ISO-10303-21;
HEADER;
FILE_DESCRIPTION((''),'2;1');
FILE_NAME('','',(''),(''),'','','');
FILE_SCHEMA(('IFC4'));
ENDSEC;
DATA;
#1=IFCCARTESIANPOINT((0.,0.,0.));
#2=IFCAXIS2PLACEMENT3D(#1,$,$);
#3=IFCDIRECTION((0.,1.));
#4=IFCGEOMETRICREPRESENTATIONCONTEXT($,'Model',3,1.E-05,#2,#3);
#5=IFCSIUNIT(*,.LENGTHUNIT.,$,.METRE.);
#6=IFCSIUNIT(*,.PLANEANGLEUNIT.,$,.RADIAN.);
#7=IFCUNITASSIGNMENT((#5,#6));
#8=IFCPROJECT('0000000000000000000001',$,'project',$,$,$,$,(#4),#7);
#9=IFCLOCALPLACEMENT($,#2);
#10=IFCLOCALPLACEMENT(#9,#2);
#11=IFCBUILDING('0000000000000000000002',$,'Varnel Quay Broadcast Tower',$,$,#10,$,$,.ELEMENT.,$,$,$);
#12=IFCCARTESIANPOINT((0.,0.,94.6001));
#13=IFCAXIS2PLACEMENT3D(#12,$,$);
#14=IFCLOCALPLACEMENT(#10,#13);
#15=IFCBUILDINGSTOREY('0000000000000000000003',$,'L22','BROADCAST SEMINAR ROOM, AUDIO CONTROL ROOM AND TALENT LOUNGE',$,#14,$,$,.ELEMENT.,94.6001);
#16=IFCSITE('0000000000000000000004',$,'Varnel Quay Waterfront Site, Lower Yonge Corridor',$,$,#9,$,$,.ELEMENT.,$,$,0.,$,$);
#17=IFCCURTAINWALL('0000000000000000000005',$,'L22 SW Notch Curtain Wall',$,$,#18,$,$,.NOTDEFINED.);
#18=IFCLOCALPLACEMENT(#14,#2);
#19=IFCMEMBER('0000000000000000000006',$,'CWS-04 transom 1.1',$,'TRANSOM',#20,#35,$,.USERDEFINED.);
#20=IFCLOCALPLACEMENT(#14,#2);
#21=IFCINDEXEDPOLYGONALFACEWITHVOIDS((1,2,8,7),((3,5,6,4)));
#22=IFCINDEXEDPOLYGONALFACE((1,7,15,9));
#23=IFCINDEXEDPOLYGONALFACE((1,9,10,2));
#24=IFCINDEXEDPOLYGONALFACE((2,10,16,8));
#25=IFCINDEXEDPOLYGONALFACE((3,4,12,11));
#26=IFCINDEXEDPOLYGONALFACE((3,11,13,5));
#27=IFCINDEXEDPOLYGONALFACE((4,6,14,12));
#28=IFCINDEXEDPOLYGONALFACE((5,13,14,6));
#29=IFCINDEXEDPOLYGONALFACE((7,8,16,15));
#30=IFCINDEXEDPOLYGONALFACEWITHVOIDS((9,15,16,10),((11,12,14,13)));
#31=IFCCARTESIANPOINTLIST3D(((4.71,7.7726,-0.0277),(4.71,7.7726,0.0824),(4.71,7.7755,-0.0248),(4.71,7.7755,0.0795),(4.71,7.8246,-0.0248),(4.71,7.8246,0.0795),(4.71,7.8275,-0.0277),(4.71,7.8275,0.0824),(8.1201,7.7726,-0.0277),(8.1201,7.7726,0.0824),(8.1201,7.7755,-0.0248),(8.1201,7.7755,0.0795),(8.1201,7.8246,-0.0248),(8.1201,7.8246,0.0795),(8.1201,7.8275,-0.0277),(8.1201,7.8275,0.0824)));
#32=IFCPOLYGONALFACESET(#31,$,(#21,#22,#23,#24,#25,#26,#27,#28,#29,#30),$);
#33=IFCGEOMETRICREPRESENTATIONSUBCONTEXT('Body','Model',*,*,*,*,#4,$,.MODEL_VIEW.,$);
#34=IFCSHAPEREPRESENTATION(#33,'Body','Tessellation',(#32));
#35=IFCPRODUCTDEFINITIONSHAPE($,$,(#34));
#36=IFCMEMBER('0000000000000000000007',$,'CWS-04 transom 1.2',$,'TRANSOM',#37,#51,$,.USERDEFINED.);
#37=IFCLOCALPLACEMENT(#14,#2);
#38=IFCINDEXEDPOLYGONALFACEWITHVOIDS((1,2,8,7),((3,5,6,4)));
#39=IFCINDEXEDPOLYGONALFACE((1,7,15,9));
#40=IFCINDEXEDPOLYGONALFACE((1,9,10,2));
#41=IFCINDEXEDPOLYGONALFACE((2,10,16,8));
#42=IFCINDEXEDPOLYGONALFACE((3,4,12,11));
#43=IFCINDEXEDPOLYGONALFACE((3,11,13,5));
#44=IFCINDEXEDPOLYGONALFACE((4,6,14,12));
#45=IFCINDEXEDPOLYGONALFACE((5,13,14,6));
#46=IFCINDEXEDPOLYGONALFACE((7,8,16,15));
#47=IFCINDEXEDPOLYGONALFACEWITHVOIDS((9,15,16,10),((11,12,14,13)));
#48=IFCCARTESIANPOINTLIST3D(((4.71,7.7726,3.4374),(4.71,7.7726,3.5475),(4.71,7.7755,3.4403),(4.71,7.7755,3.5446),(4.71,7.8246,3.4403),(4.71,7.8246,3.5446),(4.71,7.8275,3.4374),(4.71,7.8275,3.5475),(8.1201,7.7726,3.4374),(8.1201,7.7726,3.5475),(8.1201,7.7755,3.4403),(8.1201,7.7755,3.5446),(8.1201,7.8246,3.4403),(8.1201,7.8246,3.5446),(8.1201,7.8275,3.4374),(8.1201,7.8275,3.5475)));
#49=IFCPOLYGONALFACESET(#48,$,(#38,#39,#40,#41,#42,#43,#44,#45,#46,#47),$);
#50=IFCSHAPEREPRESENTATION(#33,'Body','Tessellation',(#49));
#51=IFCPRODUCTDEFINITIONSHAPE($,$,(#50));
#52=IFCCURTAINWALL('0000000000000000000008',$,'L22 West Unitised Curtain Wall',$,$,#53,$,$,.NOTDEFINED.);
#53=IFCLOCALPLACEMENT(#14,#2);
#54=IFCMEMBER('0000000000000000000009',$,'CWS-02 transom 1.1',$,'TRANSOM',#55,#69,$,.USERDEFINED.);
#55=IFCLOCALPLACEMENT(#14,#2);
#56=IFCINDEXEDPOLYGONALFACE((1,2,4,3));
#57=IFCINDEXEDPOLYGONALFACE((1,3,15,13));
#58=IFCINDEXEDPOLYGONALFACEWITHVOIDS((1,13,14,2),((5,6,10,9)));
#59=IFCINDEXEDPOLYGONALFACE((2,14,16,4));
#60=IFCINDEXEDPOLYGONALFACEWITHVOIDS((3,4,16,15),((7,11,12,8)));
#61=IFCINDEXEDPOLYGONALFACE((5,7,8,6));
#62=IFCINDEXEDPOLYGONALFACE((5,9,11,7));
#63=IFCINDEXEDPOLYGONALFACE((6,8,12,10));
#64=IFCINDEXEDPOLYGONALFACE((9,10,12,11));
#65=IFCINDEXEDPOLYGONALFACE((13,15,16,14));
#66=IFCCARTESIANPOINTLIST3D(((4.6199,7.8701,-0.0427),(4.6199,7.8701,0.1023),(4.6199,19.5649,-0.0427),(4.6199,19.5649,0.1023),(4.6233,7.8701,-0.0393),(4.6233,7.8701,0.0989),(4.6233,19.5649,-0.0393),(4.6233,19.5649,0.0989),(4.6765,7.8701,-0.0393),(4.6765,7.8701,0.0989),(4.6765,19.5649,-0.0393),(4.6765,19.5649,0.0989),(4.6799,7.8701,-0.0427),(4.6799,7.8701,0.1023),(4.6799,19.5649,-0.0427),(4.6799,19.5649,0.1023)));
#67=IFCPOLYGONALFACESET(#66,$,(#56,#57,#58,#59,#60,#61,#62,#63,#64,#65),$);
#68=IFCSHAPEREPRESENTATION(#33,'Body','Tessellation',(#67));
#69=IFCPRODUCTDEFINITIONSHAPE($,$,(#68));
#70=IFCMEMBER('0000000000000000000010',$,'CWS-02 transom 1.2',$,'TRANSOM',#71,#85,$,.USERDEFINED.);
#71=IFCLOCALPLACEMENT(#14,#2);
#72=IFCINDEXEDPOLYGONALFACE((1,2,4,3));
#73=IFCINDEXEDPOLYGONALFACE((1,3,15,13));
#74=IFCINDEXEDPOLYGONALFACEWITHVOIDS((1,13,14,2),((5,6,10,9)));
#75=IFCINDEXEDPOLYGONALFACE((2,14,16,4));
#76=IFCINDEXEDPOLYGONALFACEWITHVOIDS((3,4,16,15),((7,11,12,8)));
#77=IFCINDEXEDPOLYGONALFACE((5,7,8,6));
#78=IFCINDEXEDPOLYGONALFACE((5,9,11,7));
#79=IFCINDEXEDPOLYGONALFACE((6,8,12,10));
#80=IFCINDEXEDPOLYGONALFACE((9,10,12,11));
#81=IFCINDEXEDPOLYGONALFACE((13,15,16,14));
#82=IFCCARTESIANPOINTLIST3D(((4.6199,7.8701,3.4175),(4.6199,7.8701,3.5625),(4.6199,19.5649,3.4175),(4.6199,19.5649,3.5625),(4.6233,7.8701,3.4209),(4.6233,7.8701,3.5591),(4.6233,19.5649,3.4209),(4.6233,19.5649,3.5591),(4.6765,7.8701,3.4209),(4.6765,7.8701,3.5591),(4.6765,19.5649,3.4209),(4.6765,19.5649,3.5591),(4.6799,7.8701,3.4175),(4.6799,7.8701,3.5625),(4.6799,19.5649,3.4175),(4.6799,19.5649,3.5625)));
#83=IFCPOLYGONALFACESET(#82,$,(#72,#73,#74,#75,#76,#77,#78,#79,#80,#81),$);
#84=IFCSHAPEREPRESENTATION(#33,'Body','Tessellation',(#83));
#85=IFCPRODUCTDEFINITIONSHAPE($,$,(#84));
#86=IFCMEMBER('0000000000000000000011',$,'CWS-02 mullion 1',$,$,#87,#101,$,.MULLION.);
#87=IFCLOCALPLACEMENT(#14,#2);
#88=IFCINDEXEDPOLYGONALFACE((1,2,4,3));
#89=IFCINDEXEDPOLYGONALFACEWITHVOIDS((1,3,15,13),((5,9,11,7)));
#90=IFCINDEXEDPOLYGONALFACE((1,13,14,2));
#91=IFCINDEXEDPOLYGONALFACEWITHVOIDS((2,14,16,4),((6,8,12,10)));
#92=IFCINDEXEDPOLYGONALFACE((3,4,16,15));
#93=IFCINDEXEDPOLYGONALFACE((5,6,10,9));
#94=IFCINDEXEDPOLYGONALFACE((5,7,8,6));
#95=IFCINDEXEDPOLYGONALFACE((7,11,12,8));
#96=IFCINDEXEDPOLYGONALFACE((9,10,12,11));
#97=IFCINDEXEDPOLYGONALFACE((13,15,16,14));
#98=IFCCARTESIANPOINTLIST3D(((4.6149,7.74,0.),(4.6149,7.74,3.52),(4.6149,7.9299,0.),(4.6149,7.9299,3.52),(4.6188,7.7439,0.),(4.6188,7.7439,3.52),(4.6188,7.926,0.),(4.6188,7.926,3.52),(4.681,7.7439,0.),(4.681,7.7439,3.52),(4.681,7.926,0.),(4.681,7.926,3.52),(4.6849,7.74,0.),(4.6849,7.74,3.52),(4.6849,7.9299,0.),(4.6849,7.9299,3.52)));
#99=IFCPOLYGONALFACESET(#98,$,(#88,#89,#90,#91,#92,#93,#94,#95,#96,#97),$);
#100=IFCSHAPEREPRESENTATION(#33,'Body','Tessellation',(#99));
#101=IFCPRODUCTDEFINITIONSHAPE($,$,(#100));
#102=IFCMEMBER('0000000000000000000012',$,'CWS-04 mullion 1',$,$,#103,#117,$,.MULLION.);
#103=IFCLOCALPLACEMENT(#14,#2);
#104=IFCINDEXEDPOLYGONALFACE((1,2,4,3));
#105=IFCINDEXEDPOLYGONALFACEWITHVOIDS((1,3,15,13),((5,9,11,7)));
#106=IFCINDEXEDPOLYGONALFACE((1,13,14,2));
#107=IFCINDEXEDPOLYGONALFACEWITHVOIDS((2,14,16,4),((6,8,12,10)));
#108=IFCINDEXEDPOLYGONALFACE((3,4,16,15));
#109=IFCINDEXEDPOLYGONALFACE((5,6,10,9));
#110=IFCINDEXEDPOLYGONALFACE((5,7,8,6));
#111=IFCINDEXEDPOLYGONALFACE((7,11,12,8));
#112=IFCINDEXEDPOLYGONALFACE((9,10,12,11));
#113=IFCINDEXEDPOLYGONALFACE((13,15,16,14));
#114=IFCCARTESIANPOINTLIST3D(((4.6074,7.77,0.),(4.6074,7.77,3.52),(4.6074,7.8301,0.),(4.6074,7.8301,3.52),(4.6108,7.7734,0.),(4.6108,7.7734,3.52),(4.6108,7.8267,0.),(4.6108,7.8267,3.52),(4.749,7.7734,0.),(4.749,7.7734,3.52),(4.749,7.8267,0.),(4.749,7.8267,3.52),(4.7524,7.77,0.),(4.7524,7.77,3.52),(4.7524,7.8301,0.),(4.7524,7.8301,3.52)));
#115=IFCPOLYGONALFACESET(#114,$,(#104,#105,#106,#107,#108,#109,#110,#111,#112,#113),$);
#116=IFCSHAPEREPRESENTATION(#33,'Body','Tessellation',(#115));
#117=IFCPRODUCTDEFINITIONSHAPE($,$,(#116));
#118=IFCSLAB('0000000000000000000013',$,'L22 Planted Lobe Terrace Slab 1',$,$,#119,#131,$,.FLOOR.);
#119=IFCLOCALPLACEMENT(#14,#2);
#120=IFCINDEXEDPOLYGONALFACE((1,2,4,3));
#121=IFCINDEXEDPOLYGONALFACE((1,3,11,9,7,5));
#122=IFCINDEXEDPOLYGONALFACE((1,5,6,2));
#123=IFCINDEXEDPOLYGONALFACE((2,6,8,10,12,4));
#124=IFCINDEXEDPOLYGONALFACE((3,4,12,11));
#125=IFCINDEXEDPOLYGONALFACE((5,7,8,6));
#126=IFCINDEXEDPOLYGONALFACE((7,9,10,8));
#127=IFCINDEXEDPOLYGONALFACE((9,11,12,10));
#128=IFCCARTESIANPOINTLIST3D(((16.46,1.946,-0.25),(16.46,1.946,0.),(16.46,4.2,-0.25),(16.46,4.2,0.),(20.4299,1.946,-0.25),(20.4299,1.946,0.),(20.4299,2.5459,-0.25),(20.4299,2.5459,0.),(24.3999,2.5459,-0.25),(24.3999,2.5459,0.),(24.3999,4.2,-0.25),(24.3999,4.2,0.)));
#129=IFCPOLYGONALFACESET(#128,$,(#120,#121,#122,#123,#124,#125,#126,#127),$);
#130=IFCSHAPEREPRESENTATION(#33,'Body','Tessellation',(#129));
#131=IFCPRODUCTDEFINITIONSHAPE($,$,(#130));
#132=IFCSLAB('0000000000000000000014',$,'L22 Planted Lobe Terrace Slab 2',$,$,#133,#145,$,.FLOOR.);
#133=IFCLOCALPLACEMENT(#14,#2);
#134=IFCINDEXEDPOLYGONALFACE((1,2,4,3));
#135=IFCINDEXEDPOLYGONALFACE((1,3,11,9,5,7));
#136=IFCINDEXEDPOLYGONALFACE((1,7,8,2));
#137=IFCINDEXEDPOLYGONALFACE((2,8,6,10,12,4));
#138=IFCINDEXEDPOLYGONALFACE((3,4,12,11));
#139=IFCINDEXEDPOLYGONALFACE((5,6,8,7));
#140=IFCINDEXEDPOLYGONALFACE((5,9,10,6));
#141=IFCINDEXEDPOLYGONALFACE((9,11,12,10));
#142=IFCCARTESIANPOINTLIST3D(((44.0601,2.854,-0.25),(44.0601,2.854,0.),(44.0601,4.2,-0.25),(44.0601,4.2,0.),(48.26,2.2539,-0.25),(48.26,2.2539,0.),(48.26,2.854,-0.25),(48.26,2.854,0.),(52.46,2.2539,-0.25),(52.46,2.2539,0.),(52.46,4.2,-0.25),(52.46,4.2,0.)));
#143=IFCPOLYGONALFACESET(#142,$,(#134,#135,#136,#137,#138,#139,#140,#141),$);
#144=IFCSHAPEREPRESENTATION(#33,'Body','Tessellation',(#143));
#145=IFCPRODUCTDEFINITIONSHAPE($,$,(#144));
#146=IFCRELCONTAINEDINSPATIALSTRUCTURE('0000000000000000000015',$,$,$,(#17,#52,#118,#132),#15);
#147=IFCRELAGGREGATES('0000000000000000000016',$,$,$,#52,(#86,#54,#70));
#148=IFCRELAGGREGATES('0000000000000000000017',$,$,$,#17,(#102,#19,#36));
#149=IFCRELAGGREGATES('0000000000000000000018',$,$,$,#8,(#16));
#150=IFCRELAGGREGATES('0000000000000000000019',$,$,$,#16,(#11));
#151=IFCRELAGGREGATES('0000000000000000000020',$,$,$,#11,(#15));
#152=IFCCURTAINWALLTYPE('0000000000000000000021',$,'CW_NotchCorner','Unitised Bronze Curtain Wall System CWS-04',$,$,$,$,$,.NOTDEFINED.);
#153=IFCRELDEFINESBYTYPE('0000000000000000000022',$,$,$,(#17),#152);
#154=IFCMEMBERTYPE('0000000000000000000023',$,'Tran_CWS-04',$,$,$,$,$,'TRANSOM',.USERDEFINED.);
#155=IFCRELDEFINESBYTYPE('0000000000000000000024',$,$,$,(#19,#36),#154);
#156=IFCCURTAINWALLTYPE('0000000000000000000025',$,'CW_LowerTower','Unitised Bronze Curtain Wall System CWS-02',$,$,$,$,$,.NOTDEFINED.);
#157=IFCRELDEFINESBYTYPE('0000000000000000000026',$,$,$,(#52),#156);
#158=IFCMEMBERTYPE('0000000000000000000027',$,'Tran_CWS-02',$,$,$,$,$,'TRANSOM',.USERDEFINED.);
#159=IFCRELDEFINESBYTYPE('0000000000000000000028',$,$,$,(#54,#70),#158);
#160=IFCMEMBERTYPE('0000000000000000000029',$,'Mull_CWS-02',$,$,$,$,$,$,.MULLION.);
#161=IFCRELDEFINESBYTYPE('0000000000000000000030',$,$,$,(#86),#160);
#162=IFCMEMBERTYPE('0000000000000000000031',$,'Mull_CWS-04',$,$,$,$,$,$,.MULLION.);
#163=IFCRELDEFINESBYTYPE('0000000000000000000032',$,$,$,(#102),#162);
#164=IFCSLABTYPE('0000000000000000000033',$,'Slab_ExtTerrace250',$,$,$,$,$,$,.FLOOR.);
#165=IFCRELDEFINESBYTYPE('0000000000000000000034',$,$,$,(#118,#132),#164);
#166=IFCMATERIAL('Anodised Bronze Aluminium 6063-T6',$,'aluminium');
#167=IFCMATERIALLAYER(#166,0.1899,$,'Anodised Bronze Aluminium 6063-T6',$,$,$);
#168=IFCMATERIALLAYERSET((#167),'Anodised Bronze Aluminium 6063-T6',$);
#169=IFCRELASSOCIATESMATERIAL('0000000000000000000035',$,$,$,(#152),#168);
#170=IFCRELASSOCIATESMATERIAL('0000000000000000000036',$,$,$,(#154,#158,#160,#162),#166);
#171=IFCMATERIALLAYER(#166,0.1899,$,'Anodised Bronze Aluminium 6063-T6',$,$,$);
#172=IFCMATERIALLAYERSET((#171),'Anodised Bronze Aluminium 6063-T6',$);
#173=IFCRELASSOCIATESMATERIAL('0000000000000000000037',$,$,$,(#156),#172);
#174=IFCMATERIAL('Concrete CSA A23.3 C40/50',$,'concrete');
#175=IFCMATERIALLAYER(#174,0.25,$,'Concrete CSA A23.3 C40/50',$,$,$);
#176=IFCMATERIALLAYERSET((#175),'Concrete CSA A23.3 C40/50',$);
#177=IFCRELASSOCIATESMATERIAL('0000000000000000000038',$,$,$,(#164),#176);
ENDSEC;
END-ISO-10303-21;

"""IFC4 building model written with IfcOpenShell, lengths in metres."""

from ifc_helpers import new_model, si_unit, direction, frame, origin, origin_2d, place, context, subcontext, project, spatial, polyline, hollow_rectangle, outline, extrude, source, transform, mapped, material, layer, layer_set, material_profile, profile_set, type_object, type_shapes, element, aggregate, save


model = new_model("IFC4")

# Units and contexts
model_context = context("Model", 3, precision=1e-05, world=origin(), true_north=direction((0.0, 1.0)))
body_context = subcontext(model_context, "Body", "Model", "MODEL_VIEW")
ifc_project = project(units=[si_unit("LENGTHUNIT", "METRE"), si_unit("PLANEANGLEUNIT", "RADIAN")], contexts=[model_context])

# Site, building, storey
site_placement = place(None, origin())
site = spatial("IfcSite", under=ifc_project, at=site_placement, Name="Varnel Quay Waterfront Site, Lower Yonge Corridor", CompositionType="ELEMENT", RefElevation=0.0)
building_placement = place(site_placement, origin())
building = spatial("IfcBuilding", under=site, at=building_placement, Name="Varnel Quay Broadcast Tower", CompositionType="ELEMENT")
storey_placement = place(building_placement, frame((0.0, 0.0, 94.6001)))
storey = spatial("IfcBuildingStorey", under=building, at=storey_placement, Name="L22", Description="BROADCAST SEMINAR ROOM, AUDIO CONTROL ROOM AND TALENT LOUNGE", CompositionType="ELEMENT", Elevation=94.6001)

# Curtain walls, members
ifc_material_1 = material(Name="Anodised Bronze Aluminium 6063-T6", Category="aluminium")
ifc_layer_1 = layer(ifc_material_1, 0.1899, Name="Anodised Bronze Aluminium 6063-T6")
ifc_layer_set_1 = layer_set([ifc_layer_1], Name="Anodised Bronze Aluminium 6063-T6")
curtain_wall_type_1 = type_object("IfcCurtainWallType", Name="CW_NotchCorner", Description="Unitised Bronze Curtain Wall System CWS-04", PredefinedType="NOTDEFINED", material=ifc_layer_set_1)
curtain_wall_1_placement = place(storey_placement, origin())
curtain_wall_1 = element("IfcCurtainWall", 1, at=curtain_wall_1_placement, inside=storey, type_object=curtain_wall_type_1, Name="L22 SW Notch Curtain Wall", PredefinedType="NOTDEFINED")
ifc_material_profile_1 = material_profile(ifc_material_1, hollow_rectangle(XDim=0.0549, YDim=0.1101, WallThickness=0.0029, at=origin_2d()), Name="ALU55X110X3")
ifc_profile_set_1 = profile_set([ifc_material_profile_1], Name="Anodised Bronze Aluminium 6063-T6")
member_type_1 = type_object("IfcMemberType", Name="Tran_CWS-04", ElementType="TRANSOM", PredefinedType="USERDEFINED", material=ifc_profile_set_1)
shared_shape_1 = source(origin(), body_context, "Body", "SweptSolid", [
    extrude(hollow_rectangle(XDim=0.0549, YDim=0.1101, WallThickness=0.0029, at=origin_2d()), origin(), (0.0, 0.0, 1.0), 3.4102),
])
type_shapes(member_type_1, [shared_shape_1])
member_1_placement = place(storey_placement, frame((4.71, 7.8, 0.0273), z_axis=(1.0, 0.0, 0.0), x_axis=(0.0, 1.0, 0.0)))
member_1 = element("IfcMember", 2, at=member_1_placement, type_object=member_type_1, Name="CWS-04 transom 1.1", ObjectType="TRANSOM", PredefinedType="USERDEFINED", context=body_context, shape_type="MappedRepresentation", body=[
    mapped(shared_shape_1, transform((0.0, 0.0, 0.0), x_axis=(1.0, 0.0, 0.0), y_axis=(0.0, 1.0, 0.0), z_axis=(0.0, 0.0, 1.0), scale=1.0)),
])
member_2_placement = place(storey_placement, frame((4.71, 7.8, 3.4924), z_axis=(1.0, 0.0, 0.0), x_axis=(0.0, 1.0, 0.0)))
member_2 = element("IfcMember", 3, at=member_2_placement, type_object=member_type_1, Name="CWS-04 transom 1.2", ObjectType="TRANSOM", PredefinedType="USERDEFINED", context=body_context, shape_type="MappedRepresentation", body=[
    mapped(shared_shape_1, transform((0.0, 0.0, 0.0), x_axis=(1.0, 0.0, 0.0), y_axis=(0.0, 1.0, 0.0), z_axis=(0.0, 0.0, 1.0), scale=1.0)),
])
ifc_layer_2 = layer(ifc_material_1, 0.1899, Name="Anodised Bronze Aluminium 6063-T6")
ifc_layer_set_2 = layer_set([ifc_layer_2], Name="Anodised Bronze Aluminium 6063-T6")
curtain_wall_type_2 = type_object("IfcCurtainWallType", Name="CW_LowerTower", Description="Unitised Bronze Curtain Wall System CWS-02", PredefinedType="NOTDEFINED", material=ifc_layer_set_2)
curtain_wall_2_placement = place(storey_placement, origin())
curtain_wall_2 = element("IfcCurtainWall", 4, at=curtain_wall_2_placement, inside=storey, type_object=curtain_wall_type_2, Name="L22 West Unitised Curtain Wall", PredefinedType="NOTDEFINED")
ifc_material_profile_2 = material_profile(ifc_material_1, hollow_rectangle(XDim=0.0601, YDim=0.145, WallThickness=0.0034, at=origin_2d()), Name="ALU60X145X3.5")
ifc_profile_set_2 = profile_set([ifc_material_profile_2], Name="Anodised Bronze Aluminium 6063-T6")
member_type_2 = type_object("IfcMemberType", Name="Tran_CWS-02", ElementType="TRANSOM", PredefinedType="USERDEFINED", material=ifc_profile_set_2)
shared_shape_2 = source(origin(), body_context, "Body", "SweptSolid", [
    extrude(hollow_rectangle(XDim=0.0601, YDim=0.145, WallThickness=0.0034, at=origin_2d()), origin(), (0.0, 0.0, 1.0), 11.6948),
])
type_shapes(member_type_2, [shared_shape_2])
member_3_placement = place(storey_placement, frame((4.6499, 7.8701, 0.0298), z_axis=(0.0, 1.0, 0.0), x_axis=(-1.0, 0.0, 0.0)))
member_3 = element("IfcMember", 5, at=member_3_placement, type_object=member_type_2, Name="CWS-02 transom 1.1", ObjectType="TRANSOM", PredefinedType="USERDEFINED", context=body_context, shape_type="MappedRepresentation", body=[
    mapped(shared_shape_2, transform((0.0, 0.0, 0.0), x_axis=(1.0, 0.0, 0.0), y_axis=(0.0, 1.0, 0.0), z_axis=(0.0, 0.0, 1.0), scale=1.0)),
])
member_4_placement = place(storey_placement, frame((4.6499, 7.8701, 3.49), z_axis=(0.0, 1.0, 0.0), x_axis=(-1.0, 0.0, 0.0)))
member_4 = element("IfcMember", 6, at=member_4_placement, type_object=member_type_2, Name="CWS-02 transom 1.2", ObjectType="TRANSOM", PredefinedType="USERDEFINED", context=body_context, shape_type="MappedRepresentation", body=[
    mapped(shared_shape_2, transform((0.0, 0.0, 0.0), x_axis=(1.0, 0.0, 0.0), y_axis=(0.0, 1.0, 0.0), z_axis=(0.0, 0.0, 1.0), scale=1.0)),
])
ifc_material_profile_3 = material_profile(ifc_material_1, hollow_rectangle(XDim=0.0701, YDim=0.1899, WallThickness=0.0039, at=origin_2d()), Name="ALU70X190X4")
ifc_profile_set_3 = profile_set([ifc_material_profile_3], Name="Anodised Bronze Aluminium 6063-T6")
member_type_3 = type_object("IfcMemberType", Name="Mull_CWS-02", PredefinedType="MULLION", material=ifc_profile_set_3)
shared_shape_3 = source(origin(), body_context, "Body", "SweptSolid", [
    extrude(hollow_rectangle(XDim=0.0701, YDim=0.1899, WallThickness=0.0039, at=origin_2d()), origin(), (0.0, 0.0, 1.0), 3.52),
])
type_shapes(member_type_3, [shared_shape_3])
member_5_placement = place(storey_placement, frame((4.6499, 7.835, 0.0), z_axis=(0.0, 0.0, 1.0), x_axis=(-1.0, 0.0, 0.0)))
member_5 = element("IfcMember", 7, at=member_5_placement, type_object=member_type_3, Name="CWS-02 mullion 1", PredefinedType="MULLION", context=body_context, shape_type="MappedRepresentation", body=[
    mapped(shared_shape_3, transform((0.0, 0.0, 0.0), x_axis=(1.0, 0.0, 0.0), y_axis=(0.0, 1.0, 0.0), z_axis=(0.0, 0.0, 1.0), scale=1.0)),
])

# Member
ifc_material_profile_4 = material_profile(ifc_material_1, hollow_rectangle(XDim=0.0601, YDim=0.145, WallThickness=0.0034, at=origin_2d()), Name="ALU60X145X3.5")
ifc_profile_set_4 = profile_set([ifc_material_profile_4], Name="Anodised Bronze Aluminium 6063-T6")
member_type_4 = type_object("IfcMemberType", Name="Mull_CWS-04", PredefinedType="MULLION", material=ifc_profile_set_4)
shared_shape_4 = source(origin(), body_context, "Body", "SweptSolid", [
    extrude(hollow_rectangle(XDim=0.0601, YDim=0.145, WallThickness=0.0034, at=origin_2d()), origin(), (0.0, 0.0, 1.0), 3.52),
])
type_shapes(member_type_4, [shared_shape_4])
member_6_placement = place(storey_placement, frame((4.6799, 7.8, 0.0), z_axis=(0.0, 0.0, 1.0), x_axis=(0.0, 1.0, 0.0)))
member_6 = element("IfcMember", 8, at=member_6_placement, type_object=member_type_4, Name="CWS-04 mullion 1", PredefinedType="MULLION", context=body_context, shape_type="MappedRepresentation", body=[
    mapped(shared_shape_4, transform((0.0, 0.0, 0.0), x_axis=(1.0, 0.0, 0.0), y_axis=(0.0, 1.0, 0.0), z_axis=(0.0, 0.0, 1.0), scale=1.0)),
])

# Slabs
ifc_material_2 = material(Name="Concrete CSA A23.3 C40/50", Category="concrete")
ifc_layer_3 = layer(ifc_material_2, 0.25, Name="Concrete CSA A23.3 C40/50")
ifc_layer_set_3 = layer_set([ifc_layer_3], Name="Concrete CSA A23.3 C40/50")
slab_type_1 = type_object("IfcSlabType", Name="Slab_ExtTerrace250", PredefinedType="FLOOR", material=ifc_layer_set_3)
slab_1_placement = place(storey_placement, frame((0.0, 0.0, -0.25)))
element("IfcSlab", 9, at=slab_1_placement, inside=storey, type_object=slab_type_1, Name="L22 Planted Lobe Terrace Slab 1", PredefinedType="FLOOR", context=body_context, shape_type="SweptSolid", body=[
    extrude(outline(polyline([(16.46, 1.946), (20.4299, 1.946), (20.4299, 2.5459), (24.3999, 2.5459), (24.3999, 4.2), (16.46, 4.2), (16.46, 1.946)])), origin(), (0.0, 0.0, 1.0), 0.25),
])
slab_2_placement = place(storey_placement, frame((0.0, 0.0, -0.25)))
element("IfcSlab", 10, at=slab_2_placement, inside=storey, type_object=slab_type_1, Name="L22 Planted Lobe Terrace Slab 2", PredefinedType="FLOOR", context=body_context, shape_type="SweptSolid", body=[
    extrude(outline(polyline([(44.0601, 2.854), (48.26, 2.854), (48.26, 2.2539), (52.46, 2.2539), (52.46, 4.2), (44.0601, 4.2), (44.0601, 2.854)])), origin(), (0.0, 0.0, 1.0), 0.25),
])

aggregate(curtain_wall_2, [member_5, member_3, member_4])
aggregate(curtain_wall_1, [member_6, member_1, member_2])

save(model, "model.ifc")
